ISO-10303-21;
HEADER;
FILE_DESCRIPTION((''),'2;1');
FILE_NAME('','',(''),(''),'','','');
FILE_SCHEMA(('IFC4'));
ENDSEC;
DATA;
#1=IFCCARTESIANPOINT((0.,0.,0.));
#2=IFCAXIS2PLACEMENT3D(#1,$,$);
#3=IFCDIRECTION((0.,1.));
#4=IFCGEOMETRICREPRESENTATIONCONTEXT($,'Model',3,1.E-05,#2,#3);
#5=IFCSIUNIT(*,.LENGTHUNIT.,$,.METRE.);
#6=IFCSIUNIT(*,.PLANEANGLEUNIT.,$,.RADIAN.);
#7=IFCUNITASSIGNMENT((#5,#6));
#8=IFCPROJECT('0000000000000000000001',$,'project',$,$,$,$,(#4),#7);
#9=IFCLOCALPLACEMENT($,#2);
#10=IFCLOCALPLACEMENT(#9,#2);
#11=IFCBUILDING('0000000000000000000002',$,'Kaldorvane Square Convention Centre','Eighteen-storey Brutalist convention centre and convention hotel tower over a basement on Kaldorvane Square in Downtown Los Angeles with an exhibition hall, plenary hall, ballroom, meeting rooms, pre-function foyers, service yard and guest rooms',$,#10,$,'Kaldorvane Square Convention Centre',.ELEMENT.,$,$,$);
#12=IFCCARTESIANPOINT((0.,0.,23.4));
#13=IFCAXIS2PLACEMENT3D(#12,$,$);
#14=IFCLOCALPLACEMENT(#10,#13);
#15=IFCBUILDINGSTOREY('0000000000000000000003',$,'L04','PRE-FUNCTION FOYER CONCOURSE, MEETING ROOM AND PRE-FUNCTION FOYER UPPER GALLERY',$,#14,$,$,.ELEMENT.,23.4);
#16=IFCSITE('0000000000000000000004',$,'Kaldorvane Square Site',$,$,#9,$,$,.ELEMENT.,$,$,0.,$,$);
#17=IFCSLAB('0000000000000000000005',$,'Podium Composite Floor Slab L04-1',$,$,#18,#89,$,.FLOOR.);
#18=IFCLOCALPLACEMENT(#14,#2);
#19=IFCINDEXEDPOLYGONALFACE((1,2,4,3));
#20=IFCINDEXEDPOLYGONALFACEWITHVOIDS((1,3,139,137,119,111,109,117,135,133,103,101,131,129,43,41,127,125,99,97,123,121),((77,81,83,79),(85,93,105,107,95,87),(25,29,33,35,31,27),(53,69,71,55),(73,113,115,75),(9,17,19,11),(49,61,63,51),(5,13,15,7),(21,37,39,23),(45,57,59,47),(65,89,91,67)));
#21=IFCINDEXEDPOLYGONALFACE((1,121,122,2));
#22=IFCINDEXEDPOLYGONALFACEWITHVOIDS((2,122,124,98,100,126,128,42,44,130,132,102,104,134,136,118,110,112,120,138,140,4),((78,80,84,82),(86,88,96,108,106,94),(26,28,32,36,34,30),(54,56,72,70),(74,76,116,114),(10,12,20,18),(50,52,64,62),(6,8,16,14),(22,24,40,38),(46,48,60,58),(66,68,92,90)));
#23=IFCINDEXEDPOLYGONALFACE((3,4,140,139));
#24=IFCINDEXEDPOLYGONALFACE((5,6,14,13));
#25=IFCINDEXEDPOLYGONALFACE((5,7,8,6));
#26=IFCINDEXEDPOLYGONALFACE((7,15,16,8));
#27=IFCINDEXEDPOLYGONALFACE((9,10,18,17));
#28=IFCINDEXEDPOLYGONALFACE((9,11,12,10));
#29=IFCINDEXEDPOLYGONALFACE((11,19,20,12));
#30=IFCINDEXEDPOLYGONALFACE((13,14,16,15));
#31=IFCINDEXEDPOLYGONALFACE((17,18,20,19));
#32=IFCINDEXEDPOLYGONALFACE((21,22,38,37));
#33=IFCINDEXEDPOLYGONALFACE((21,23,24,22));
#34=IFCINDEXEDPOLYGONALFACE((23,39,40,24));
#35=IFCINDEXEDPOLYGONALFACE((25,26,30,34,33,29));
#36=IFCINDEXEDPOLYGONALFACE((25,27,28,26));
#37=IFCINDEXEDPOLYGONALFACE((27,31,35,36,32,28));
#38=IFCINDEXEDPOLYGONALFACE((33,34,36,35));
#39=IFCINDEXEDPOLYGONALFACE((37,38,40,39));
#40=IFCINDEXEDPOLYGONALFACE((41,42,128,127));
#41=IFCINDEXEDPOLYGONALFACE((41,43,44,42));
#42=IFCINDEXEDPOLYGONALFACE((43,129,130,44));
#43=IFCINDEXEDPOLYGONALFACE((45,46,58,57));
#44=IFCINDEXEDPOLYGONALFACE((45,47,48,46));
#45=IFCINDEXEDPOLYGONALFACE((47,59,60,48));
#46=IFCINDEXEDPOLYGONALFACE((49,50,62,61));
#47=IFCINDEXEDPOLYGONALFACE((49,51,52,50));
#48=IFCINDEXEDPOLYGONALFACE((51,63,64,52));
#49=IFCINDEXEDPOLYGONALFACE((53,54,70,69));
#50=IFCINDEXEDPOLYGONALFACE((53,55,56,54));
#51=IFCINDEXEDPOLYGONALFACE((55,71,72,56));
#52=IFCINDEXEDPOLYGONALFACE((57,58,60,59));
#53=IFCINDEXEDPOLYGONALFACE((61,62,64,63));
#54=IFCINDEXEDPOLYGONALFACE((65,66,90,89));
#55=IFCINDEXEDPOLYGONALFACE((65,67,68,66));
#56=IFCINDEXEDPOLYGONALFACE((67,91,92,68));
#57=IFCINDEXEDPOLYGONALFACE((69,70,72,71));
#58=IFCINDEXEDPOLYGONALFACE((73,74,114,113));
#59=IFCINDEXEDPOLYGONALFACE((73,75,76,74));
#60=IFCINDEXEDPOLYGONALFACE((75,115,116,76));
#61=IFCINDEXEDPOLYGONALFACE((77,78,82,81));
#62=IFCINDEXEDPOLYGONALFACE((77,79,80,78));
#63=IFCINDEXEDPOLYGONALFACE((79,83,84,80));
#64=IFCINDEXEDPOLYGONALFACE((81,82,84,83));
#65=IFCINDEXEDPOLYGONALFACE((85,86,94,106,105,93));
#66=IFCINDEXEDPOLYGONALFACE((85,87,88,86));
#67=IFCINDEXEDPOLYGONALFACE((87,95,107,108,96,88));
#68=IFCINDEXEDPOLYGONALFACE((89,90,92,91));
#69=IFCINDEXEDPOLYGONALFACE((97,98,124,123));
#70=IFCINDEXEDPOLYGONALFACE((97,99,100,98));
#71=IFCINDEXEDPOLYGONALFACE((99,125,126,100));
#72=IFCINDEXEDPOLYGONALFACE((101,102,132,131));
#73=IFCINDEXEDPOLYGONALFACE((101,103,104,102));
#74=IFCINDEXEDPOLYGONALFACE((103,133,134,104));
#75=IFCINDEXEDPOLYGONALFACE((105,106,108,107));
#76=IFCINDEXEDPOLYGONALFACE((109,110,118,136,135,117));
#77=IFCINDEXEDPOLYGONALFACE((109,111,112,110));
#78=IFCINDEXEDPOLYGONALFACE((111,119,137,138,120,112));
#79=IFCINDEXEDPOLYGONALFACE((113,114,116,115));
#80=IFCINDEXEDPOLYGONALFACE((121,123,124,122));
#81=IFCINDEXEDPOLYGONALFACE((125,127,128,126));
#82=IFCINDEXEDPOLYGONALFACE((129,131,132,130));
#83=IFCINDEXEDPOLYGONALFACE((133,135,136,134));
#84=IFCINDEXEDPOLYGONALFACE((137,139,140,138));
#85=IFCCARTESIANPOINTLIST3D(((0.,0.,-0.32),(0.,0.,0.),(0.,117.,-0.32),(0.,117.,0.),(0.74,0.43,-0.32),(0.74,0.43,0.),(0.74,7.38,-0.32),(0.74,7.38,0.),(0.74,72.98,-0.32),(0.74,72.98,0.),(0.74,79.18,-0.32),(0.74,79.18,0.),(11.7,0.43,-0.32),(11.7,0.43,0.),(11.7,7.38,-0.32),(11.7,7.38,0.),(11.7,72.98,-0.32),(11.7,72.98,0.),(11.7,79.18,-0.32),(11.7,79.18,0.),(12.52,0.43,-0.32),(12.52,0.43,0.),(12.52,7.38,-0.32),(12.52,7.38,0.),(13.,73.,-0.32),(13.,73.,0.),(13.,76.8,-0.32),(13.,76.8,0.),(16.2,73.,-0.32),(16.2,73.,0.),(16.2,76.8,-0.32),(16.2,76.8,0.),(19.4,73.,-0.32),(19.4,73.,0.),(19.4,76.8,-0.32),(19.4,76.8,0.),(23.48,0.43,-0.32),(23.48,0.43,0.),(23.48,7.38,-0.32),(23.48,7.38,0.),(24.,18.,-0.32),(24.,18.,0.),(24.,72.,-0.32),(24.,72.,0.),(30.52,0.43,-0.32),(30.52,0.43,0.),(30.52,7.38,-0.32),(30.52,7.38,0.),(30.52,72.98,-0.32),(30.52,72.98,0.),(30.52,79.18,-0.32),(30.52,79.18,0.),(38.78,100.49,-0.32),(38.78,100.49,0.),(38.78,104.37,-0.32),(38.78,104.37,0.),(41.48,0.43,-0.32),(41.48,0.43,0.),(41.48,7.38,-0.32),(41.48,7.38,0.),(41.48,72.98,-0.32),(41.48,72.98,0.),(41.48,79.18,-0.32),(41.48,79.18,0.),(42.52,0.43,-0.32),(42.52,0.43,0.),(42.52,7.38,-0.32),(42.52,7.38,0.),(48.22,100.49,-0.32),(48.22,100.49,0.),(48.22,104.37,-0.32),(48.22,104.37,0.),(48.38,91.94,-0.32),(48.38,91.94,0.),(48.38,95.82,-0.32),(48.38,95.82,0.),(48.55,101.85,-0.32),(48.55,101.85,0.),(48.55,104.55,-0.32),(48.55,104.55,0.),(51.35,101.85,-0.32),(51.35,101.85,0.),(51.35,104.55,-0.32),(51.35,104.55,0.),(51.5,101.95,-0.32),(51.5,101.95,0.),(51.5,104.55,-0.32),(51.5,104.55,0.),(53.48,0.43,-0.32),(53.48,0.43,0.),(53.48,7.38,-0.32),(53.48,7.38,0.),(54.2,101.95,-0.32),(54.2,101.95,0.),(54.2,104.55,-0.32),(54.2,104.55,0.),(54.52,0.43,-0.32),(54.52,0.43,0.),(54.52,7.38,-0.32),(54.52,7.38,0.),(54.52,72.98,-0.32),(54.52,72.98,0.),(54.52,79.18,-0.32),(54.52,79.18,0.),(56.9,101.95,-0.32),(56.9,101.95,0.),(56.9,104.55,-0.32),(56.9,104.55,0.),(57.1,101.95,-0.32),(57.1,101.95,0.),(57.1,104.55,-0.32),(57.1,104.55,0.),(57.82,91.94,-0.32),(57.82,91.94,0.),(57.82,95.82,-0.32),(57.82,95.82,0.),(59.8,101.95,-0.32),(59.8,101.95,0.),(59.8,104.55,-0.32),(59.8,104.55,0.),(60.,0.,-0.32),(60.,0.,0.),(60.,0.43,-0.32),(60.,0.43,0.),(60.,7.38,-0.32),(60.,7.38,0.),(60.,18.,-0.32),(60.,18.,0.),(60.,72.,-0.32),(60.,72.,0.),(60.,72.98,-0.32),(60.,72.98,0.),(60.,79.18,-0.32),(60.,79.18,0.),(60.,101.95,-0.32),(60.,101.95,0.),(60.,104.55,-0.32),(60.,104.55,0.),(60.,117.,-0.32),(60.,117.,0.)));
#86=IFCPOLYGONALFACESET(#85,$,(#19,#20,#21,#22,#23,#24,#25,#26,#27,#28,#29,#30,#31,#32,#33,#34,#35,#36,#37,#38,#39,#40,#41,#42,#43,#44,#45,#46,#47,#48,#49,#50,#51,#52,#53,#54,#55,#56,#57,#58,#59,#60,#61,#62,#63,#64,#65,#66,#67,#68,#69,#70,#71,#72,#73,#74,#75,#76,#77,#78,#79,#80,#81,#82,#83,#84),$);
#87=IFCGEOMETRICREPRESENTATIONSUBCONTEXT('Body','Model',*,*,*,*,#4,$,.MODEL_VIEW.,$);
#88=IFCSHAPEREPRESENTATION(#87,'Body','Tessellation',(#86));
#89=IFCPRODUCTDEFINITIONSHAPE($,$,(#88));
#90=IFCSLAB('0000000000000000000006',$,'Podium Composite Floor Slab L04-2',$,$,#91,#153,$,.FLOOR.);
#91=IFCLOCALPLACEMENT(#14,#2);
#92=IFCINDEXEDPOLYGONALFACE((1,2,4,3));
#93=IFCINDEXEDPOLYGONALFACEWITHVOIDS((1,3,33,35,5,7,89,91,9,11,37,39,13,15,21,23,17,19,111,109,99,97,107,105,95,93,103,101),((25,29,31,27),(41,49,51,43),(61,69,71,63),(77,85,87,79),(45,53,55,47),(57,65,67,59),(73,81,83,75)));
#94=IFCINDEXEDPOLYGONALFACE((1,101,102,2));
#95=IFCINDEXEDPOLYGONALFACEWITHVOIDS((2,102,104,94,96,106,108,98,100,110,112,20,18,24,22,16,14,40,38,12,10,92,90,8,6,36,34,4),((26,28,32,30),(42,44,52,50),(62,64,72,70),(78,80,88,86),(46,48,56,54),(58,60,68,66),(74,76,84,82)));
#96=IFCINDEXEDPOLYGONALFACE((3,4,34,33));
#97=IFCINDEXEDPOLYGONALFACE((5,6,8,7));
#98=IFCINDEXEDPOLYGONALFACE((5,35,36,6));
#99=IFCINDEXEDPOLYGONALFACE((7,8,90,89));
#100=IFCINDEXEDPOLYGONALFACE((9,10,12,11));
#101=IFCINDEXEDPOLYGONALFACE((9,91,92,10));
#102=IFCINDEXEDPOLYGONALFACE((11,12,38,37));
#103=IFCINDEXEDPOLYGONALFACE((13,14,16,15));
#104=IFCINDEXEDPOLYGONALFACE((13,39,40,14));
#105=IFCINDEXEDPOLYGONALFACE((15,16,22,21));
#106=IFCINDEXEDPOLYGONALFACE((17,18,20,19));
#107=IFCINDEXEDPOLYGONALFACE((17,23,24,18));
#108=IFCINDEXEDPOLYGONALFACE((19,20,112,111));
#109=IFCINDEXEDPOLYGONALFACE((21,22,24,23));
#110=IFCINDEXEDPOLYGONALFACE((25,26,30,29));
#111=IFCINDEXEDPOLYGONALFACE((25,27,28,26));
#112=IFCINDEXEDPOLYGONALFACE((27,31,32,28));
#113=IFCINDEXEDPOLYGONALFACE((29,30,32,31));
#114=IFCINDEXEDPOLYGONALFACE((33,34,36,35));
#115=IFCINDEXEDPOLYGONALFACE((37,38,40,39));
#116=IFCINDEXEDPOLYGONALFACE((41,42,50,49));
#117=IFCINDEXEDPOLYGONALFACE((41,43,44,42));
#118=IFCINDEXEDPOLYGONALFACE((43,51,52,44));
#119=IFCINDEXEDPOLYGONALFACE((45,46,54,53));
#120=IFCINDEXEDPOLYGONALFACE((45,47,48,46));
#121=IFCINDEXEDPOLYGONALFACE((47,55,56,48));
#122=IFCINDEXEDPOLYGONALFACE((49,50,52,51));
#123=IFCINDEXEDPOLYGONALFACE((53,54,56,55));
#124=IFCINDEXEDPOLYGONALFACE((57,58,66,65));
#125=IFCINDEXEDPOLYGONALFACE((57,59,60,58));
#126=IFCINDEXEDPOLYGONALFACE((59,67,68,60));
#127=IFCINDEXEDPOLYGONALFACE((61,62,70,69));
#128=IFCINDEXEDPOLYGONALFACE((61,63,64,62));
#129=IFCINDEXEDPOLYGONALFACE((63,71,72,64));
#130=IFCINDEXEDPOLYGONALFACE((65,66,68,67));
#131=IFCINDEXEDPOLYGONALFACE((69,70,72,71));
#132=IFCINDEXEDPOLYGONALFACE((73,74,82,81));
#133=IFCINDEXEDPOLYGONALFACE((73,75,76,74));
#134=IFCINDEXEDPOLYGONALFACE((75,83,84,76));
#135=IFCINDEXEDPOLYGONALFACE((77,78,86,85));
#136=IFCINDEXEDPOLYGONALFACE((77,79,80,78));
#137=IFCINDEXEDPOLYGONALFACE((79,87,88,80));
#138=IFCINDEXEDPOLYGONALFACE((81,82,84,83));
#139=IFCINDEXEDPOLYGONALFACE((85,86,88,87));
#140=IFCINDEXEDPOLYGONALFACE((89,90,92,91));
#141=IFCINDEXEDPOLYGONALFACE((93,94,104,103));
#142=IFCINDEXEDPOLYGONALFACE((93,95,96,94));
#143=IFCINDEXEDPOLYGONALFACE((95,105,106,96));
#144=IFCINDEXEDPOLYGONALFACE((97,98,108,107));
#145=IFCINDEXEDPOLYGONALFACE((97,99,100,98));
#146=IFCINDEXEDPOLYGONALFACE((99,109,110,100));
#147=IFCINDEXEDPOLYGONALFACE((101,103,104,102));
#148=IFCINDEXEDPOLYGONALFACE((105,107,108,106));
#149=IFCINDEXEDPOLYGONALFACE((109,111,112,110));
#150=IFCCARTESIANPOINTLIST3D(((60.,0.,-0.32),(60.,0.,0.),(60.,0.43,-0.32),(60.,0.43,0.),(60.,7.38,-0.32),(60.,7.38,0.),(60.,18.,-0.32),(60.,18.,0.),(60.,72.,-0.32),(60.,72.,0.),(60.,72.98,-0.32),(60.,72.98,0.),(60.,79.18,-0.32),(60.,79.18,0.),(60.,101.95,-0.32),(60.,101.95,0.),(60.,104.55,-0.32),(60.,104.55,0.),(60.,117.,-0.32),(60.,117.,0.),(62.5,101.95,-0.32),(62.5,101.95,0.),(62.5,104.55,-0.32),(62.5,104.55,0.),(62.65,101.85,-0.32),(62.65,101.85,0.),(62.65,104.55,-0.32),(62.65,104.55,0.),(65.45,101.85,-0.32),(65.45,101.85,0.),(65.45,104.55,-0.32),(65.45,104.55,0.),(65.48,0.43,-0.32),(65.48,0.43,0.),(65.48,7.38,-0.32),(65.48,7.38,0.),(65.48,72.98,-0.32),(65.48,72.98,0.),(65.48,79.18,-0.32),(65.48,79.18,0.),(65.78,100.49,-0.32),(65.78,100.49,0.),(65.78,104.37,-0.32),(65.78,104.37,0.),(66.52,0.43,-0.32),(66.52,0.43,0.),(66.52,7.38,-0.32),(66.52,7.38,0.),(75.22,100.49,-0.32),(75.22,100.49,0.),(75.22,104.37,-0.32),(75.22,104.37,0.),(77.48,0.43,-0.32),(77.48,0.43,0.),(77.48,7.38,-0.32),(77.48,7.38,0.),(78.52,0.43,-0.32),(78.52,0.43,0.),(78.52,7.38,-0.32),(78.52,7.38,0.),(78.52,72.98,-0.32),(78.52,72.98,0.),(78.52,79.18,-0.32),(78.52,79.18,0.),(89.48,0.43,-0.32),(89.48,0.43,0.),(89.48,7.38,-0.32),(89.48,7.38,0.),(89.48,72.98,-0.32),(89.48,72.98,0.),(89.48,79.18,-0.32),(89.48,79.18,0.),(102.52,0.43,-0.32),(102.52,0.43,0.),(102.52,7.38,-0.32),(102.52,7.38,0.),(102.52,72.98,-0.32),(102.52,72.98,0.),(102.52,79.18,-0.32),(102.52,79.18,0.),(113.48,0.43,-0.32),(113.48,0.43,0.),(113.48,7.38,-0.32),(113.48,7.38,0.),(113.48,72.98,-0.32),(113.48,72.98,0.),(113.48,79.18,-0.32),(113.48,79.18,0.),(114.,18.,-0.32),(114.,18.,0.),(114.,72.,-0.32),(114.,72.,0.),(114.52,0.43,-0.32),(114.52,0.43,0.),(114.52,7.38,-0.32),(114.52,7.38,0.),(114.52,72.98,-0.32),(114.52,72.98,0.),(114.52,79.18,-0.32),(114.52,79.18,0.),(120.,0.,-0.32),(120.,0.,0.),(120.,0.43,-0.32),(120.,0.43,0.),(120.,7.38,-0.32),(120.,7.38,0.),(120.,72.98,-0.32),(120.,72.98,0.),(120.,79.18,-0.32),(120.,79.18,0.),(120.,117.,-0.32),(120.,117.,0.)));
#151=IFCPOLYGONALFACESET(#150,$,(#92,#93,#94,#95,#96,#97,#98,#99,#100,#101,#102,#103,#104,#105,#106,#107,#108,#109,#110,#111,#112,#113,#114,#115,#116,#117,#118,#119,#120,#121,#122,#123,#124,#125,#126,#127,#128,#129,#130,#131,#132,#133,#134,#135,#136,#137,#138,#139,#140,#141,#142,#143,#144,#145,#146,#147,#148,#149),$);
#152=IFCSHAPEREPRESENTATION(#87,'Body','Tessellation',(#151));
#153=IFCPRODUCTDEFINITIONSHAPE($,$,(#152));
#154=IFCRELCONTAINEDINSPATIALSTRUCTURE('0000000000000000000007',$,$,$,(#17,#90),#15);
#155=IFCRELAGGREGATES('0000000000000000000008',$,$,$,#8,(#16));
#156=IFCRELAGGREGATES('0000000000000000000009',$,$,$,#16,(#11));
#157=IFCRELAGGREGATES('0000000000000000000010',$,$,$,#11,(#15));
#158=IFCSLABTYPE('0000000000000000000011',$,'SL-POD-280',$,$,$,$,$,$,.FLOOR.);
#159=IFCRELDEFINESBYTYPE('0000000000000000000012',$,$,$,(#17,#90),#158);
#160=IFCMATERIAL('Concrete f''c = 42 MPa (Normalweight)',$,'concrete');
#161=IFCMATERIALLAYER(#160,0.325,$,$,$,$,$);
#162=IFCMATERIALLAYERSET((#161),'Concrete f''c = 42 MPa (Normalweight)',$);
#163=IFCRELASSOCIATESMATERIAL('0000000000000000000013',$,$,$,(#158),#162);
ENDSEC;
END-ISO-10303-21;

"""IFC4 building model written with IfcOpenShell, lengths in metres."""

from ifc_helpers import new_model, si_unit, direction, frame, origin, place, context, subcontext, project, spatial, polyline, outline, extrude, material, layer, layer_set, type_object, element, save


model = new_model("IFC4")

# Units and contexts
model_context = context("Model", 3, precision=1e-05, world=origin(), true_north=direction((0.0, 1.0)))
body_context = subcontext(model_context, "Body", "Model", "MODEL_VIEW")
ifc_project = project(units=[si_unit("LENGTHUNIT", "METRE"), si_unit("PLANEANGLEUNIT", "RADIAN")], contexts=[model_context])

# Site, building, storey
site_placement = place(None, origin())
site = spatial("IfcSite", under=ifc_project, at=site_placement, Name="Kaldorvane Square Site", CompositionType="ELEMENT", RefElevation=0.0)
building_placement = place(site_placement, origin())
building = spatial("IfcBuilding", under=site, at=building_placement, Name="Kaldorvane Square Convention Centre", Description="Eighteen-storey Brutalist convention centre and convention hotel tower over a basement on Kaldorvane Square in Downtown Los Angeles with an exhibition hall, plenary hall, ballroom, meeting rooms, pre-function foyers, service yard and guest rooms", LongName="Kaldorvane Square Convention Centre", CompositionType="ELEMENT")
storey_placement = place(building_placement, frame((0.0, 0.0, 23.4)))
storey = spatial("IfcBuildingStorey", under=building, at=storey_placement, Name="L04", Description="PRE-FUNCTION FOYER CONCOURSE, MEETING ROOM AND PRE-FUNCTION FOYER UPPER GALLERY", CompositionType="ELEMENT", Elevation=23.4)

# Slabs
ifc_material = material(Name="Concrete f'c = 42 MPa (Normalweight)", Category="concrete")
ifc_layer_1 = layer(ifc_material, 0.325)
ifc_layer_set_1 = layer_set([ifc_layer_1], Name="Concrete f'c = 42 MPa (Normalweight)")
slab_type_1 = type_object("IfcSlabType", Name="SL-POD-280", PredefinedType="FLOOR", material=ifc_layer_set_1)
slab_1_placement = place(storey_placement, frame((0.0, 0.0, -0.32)))
element("IfcSlab", 1, at=slab_1_placement, inside=storey, type_object=slab_type_1, Name="Podium Composite Floor Slab L04-1", PredefinedType="FLOOR", context=body_context, shape_type="SweptSolid", body=[
    extrude(outline(polyline([(60.0, 117.0), (60.0, 104.55), (59.8, 104.55), (57.1, 104.55), (57.1, 101.95), (59.8, 101.95), (60.0, 101.95), (60.0, 79.18), (54.52, 79.18), (54.52, 72.98), (60.0, 72.98), (60.0, 72.0), (24.0, 72.0), (24.0, 18.0), (60.0, 18.0), (60.0, 7.38), (54.52, 7.38), (54.52, 0.43), (60.0, 0.43), (60.0, 0.0), (0.0, 0.0), (0.0, 117.0), (60.0, 117.0)]), holes=[polyline([(11.7, 0.43), (11.7, 7.38), (0.74, 7.38), (0.74, 0.43), (11.7, 0.43)]), polyline([(23.48, 0.43), (23.48, 7.38), (12.52, 7.38), (12.52, 0.43), (23.48, 0.43)]), polyline([(41.48, 0.43), (41.48, 7.38), (30.52, 7.38), (30.52, 0.43), (41.48, 0.43)]), polyline([(53.48, 0.43), (53.48, 7.38), (42.52, 7.38), (42.52, 0.43), (53.48, 0.43)]), polyline([(19.4, 76.8), (16.2, 76.8), (13.0, 76.8), (13.0, 73.0), (16.2, 73.0), (19.4, 73.0), (19.4, 76.8)]), polyline([(41.48, 72.98), (41.48, 79.18), (30.52, 79.18), (30.52, 72.98), (41.48, 72.98)]), polyline([(11.7, 72.98), (11.7, 79.18), (0.74, 79.18), (0.74, 72.98), (11.7, 72.98)]), polyline([(57.82, 91.94), (57.82, 95.82), (48.38, 95.82), (48.38, 91.94), (57.82, 91.94)]), polyline([(48.22, 100.49), (48.22, 104.37), (38.78, 104.37), (38.78, 100.49), (48.22, 100.49)]), polyline([(51.35, 101.85), (51.35, 104.55), (48.55, 104.55), (48.55, 101.85), (51.35, 101.85)]), polyline([(51.5, 101.95), (54.2, 101.95), (56.9, 101.95), (56.9, 104.55), (54.2, 104.55), (51.5, 104.55), (51.5, 101.95)])]), origin(), (0.0, 0.0, 1.0), 0.32),
])
slab_2_placement = place(storey_placement, frame((0.0, 0.0, -0.32)))
element("IfcSlab", 2, at=slab_2_placement, inside=storey, type_object=slab_type_1, Name="Podium Composite Floor Slab L04-2", PredefinedType="FLOOR", context=body_context, shape_type="SweptSolid", body=[
    extrude(outline(polyline([(120.0, 117.0), (120.0, 79.18), (114.52, 79.18), (114.52, 72.98), (120.0, 72.98), (120.0, 7.38), (114.52, 7.38), (114.52, 0.43), (120.0, 0.43), (120.0, 0.0), (60.0, 0.0), (60.0, 0.43), (65.48, 0.43), (65.48, 7.38), (60.0, 7.38), (60.0, 18.0), (114.0, 18.0), (114.0, 72.0), (60.0, 72.0), (60.0, 72.98), (65.48, 72.98), (65.48, 79.18), (60.0, 79.18), (60.0, 101.95), (62.5, 101.95), (62.5, 104.55), (60.0, 104.55), (60.0, 117.0), (120.0, 117.0)]), holes=[polyline([(65.45, 101.85), (65.45, 104.55), (62.65, 104.55), (62.65, 101.85), (65.45, 101.85)]), polyline([(113.48, 0.43), (113.48, 7.38), (102.52, 7.38), (102.52, 0.43), (113.48, 0.43)]), polyline([(89.48, 0.43), (89.48, 7.38), (78.52, 7.38), (78.52, 0.43), (89.48, 0.43)]), polyline([(77.48, 0.43), (77.48, 7.38), (66.52, 7.38), (66.52, 0.43), (77.48, 0.43)]), polyline([(113.48, 72.98), (113.48, 79.18), (102.52, 79.18), (102.52, 72.98), (113.48, 72.98)]), polyline([(89.48, 72.98), (89.48, 79.18), (78.52, 79.18), (78.52, 72.98), (89.48, 72.98)]), polyline([(65.78, 100.49), (75.22, 100.49), (75.22, 104.37), (65.78, 104.37), (65.78, 100.49)])]), origin(), (0.0, 0.0, 1.0), 0.32),
])

save(model, "model.ifc")
